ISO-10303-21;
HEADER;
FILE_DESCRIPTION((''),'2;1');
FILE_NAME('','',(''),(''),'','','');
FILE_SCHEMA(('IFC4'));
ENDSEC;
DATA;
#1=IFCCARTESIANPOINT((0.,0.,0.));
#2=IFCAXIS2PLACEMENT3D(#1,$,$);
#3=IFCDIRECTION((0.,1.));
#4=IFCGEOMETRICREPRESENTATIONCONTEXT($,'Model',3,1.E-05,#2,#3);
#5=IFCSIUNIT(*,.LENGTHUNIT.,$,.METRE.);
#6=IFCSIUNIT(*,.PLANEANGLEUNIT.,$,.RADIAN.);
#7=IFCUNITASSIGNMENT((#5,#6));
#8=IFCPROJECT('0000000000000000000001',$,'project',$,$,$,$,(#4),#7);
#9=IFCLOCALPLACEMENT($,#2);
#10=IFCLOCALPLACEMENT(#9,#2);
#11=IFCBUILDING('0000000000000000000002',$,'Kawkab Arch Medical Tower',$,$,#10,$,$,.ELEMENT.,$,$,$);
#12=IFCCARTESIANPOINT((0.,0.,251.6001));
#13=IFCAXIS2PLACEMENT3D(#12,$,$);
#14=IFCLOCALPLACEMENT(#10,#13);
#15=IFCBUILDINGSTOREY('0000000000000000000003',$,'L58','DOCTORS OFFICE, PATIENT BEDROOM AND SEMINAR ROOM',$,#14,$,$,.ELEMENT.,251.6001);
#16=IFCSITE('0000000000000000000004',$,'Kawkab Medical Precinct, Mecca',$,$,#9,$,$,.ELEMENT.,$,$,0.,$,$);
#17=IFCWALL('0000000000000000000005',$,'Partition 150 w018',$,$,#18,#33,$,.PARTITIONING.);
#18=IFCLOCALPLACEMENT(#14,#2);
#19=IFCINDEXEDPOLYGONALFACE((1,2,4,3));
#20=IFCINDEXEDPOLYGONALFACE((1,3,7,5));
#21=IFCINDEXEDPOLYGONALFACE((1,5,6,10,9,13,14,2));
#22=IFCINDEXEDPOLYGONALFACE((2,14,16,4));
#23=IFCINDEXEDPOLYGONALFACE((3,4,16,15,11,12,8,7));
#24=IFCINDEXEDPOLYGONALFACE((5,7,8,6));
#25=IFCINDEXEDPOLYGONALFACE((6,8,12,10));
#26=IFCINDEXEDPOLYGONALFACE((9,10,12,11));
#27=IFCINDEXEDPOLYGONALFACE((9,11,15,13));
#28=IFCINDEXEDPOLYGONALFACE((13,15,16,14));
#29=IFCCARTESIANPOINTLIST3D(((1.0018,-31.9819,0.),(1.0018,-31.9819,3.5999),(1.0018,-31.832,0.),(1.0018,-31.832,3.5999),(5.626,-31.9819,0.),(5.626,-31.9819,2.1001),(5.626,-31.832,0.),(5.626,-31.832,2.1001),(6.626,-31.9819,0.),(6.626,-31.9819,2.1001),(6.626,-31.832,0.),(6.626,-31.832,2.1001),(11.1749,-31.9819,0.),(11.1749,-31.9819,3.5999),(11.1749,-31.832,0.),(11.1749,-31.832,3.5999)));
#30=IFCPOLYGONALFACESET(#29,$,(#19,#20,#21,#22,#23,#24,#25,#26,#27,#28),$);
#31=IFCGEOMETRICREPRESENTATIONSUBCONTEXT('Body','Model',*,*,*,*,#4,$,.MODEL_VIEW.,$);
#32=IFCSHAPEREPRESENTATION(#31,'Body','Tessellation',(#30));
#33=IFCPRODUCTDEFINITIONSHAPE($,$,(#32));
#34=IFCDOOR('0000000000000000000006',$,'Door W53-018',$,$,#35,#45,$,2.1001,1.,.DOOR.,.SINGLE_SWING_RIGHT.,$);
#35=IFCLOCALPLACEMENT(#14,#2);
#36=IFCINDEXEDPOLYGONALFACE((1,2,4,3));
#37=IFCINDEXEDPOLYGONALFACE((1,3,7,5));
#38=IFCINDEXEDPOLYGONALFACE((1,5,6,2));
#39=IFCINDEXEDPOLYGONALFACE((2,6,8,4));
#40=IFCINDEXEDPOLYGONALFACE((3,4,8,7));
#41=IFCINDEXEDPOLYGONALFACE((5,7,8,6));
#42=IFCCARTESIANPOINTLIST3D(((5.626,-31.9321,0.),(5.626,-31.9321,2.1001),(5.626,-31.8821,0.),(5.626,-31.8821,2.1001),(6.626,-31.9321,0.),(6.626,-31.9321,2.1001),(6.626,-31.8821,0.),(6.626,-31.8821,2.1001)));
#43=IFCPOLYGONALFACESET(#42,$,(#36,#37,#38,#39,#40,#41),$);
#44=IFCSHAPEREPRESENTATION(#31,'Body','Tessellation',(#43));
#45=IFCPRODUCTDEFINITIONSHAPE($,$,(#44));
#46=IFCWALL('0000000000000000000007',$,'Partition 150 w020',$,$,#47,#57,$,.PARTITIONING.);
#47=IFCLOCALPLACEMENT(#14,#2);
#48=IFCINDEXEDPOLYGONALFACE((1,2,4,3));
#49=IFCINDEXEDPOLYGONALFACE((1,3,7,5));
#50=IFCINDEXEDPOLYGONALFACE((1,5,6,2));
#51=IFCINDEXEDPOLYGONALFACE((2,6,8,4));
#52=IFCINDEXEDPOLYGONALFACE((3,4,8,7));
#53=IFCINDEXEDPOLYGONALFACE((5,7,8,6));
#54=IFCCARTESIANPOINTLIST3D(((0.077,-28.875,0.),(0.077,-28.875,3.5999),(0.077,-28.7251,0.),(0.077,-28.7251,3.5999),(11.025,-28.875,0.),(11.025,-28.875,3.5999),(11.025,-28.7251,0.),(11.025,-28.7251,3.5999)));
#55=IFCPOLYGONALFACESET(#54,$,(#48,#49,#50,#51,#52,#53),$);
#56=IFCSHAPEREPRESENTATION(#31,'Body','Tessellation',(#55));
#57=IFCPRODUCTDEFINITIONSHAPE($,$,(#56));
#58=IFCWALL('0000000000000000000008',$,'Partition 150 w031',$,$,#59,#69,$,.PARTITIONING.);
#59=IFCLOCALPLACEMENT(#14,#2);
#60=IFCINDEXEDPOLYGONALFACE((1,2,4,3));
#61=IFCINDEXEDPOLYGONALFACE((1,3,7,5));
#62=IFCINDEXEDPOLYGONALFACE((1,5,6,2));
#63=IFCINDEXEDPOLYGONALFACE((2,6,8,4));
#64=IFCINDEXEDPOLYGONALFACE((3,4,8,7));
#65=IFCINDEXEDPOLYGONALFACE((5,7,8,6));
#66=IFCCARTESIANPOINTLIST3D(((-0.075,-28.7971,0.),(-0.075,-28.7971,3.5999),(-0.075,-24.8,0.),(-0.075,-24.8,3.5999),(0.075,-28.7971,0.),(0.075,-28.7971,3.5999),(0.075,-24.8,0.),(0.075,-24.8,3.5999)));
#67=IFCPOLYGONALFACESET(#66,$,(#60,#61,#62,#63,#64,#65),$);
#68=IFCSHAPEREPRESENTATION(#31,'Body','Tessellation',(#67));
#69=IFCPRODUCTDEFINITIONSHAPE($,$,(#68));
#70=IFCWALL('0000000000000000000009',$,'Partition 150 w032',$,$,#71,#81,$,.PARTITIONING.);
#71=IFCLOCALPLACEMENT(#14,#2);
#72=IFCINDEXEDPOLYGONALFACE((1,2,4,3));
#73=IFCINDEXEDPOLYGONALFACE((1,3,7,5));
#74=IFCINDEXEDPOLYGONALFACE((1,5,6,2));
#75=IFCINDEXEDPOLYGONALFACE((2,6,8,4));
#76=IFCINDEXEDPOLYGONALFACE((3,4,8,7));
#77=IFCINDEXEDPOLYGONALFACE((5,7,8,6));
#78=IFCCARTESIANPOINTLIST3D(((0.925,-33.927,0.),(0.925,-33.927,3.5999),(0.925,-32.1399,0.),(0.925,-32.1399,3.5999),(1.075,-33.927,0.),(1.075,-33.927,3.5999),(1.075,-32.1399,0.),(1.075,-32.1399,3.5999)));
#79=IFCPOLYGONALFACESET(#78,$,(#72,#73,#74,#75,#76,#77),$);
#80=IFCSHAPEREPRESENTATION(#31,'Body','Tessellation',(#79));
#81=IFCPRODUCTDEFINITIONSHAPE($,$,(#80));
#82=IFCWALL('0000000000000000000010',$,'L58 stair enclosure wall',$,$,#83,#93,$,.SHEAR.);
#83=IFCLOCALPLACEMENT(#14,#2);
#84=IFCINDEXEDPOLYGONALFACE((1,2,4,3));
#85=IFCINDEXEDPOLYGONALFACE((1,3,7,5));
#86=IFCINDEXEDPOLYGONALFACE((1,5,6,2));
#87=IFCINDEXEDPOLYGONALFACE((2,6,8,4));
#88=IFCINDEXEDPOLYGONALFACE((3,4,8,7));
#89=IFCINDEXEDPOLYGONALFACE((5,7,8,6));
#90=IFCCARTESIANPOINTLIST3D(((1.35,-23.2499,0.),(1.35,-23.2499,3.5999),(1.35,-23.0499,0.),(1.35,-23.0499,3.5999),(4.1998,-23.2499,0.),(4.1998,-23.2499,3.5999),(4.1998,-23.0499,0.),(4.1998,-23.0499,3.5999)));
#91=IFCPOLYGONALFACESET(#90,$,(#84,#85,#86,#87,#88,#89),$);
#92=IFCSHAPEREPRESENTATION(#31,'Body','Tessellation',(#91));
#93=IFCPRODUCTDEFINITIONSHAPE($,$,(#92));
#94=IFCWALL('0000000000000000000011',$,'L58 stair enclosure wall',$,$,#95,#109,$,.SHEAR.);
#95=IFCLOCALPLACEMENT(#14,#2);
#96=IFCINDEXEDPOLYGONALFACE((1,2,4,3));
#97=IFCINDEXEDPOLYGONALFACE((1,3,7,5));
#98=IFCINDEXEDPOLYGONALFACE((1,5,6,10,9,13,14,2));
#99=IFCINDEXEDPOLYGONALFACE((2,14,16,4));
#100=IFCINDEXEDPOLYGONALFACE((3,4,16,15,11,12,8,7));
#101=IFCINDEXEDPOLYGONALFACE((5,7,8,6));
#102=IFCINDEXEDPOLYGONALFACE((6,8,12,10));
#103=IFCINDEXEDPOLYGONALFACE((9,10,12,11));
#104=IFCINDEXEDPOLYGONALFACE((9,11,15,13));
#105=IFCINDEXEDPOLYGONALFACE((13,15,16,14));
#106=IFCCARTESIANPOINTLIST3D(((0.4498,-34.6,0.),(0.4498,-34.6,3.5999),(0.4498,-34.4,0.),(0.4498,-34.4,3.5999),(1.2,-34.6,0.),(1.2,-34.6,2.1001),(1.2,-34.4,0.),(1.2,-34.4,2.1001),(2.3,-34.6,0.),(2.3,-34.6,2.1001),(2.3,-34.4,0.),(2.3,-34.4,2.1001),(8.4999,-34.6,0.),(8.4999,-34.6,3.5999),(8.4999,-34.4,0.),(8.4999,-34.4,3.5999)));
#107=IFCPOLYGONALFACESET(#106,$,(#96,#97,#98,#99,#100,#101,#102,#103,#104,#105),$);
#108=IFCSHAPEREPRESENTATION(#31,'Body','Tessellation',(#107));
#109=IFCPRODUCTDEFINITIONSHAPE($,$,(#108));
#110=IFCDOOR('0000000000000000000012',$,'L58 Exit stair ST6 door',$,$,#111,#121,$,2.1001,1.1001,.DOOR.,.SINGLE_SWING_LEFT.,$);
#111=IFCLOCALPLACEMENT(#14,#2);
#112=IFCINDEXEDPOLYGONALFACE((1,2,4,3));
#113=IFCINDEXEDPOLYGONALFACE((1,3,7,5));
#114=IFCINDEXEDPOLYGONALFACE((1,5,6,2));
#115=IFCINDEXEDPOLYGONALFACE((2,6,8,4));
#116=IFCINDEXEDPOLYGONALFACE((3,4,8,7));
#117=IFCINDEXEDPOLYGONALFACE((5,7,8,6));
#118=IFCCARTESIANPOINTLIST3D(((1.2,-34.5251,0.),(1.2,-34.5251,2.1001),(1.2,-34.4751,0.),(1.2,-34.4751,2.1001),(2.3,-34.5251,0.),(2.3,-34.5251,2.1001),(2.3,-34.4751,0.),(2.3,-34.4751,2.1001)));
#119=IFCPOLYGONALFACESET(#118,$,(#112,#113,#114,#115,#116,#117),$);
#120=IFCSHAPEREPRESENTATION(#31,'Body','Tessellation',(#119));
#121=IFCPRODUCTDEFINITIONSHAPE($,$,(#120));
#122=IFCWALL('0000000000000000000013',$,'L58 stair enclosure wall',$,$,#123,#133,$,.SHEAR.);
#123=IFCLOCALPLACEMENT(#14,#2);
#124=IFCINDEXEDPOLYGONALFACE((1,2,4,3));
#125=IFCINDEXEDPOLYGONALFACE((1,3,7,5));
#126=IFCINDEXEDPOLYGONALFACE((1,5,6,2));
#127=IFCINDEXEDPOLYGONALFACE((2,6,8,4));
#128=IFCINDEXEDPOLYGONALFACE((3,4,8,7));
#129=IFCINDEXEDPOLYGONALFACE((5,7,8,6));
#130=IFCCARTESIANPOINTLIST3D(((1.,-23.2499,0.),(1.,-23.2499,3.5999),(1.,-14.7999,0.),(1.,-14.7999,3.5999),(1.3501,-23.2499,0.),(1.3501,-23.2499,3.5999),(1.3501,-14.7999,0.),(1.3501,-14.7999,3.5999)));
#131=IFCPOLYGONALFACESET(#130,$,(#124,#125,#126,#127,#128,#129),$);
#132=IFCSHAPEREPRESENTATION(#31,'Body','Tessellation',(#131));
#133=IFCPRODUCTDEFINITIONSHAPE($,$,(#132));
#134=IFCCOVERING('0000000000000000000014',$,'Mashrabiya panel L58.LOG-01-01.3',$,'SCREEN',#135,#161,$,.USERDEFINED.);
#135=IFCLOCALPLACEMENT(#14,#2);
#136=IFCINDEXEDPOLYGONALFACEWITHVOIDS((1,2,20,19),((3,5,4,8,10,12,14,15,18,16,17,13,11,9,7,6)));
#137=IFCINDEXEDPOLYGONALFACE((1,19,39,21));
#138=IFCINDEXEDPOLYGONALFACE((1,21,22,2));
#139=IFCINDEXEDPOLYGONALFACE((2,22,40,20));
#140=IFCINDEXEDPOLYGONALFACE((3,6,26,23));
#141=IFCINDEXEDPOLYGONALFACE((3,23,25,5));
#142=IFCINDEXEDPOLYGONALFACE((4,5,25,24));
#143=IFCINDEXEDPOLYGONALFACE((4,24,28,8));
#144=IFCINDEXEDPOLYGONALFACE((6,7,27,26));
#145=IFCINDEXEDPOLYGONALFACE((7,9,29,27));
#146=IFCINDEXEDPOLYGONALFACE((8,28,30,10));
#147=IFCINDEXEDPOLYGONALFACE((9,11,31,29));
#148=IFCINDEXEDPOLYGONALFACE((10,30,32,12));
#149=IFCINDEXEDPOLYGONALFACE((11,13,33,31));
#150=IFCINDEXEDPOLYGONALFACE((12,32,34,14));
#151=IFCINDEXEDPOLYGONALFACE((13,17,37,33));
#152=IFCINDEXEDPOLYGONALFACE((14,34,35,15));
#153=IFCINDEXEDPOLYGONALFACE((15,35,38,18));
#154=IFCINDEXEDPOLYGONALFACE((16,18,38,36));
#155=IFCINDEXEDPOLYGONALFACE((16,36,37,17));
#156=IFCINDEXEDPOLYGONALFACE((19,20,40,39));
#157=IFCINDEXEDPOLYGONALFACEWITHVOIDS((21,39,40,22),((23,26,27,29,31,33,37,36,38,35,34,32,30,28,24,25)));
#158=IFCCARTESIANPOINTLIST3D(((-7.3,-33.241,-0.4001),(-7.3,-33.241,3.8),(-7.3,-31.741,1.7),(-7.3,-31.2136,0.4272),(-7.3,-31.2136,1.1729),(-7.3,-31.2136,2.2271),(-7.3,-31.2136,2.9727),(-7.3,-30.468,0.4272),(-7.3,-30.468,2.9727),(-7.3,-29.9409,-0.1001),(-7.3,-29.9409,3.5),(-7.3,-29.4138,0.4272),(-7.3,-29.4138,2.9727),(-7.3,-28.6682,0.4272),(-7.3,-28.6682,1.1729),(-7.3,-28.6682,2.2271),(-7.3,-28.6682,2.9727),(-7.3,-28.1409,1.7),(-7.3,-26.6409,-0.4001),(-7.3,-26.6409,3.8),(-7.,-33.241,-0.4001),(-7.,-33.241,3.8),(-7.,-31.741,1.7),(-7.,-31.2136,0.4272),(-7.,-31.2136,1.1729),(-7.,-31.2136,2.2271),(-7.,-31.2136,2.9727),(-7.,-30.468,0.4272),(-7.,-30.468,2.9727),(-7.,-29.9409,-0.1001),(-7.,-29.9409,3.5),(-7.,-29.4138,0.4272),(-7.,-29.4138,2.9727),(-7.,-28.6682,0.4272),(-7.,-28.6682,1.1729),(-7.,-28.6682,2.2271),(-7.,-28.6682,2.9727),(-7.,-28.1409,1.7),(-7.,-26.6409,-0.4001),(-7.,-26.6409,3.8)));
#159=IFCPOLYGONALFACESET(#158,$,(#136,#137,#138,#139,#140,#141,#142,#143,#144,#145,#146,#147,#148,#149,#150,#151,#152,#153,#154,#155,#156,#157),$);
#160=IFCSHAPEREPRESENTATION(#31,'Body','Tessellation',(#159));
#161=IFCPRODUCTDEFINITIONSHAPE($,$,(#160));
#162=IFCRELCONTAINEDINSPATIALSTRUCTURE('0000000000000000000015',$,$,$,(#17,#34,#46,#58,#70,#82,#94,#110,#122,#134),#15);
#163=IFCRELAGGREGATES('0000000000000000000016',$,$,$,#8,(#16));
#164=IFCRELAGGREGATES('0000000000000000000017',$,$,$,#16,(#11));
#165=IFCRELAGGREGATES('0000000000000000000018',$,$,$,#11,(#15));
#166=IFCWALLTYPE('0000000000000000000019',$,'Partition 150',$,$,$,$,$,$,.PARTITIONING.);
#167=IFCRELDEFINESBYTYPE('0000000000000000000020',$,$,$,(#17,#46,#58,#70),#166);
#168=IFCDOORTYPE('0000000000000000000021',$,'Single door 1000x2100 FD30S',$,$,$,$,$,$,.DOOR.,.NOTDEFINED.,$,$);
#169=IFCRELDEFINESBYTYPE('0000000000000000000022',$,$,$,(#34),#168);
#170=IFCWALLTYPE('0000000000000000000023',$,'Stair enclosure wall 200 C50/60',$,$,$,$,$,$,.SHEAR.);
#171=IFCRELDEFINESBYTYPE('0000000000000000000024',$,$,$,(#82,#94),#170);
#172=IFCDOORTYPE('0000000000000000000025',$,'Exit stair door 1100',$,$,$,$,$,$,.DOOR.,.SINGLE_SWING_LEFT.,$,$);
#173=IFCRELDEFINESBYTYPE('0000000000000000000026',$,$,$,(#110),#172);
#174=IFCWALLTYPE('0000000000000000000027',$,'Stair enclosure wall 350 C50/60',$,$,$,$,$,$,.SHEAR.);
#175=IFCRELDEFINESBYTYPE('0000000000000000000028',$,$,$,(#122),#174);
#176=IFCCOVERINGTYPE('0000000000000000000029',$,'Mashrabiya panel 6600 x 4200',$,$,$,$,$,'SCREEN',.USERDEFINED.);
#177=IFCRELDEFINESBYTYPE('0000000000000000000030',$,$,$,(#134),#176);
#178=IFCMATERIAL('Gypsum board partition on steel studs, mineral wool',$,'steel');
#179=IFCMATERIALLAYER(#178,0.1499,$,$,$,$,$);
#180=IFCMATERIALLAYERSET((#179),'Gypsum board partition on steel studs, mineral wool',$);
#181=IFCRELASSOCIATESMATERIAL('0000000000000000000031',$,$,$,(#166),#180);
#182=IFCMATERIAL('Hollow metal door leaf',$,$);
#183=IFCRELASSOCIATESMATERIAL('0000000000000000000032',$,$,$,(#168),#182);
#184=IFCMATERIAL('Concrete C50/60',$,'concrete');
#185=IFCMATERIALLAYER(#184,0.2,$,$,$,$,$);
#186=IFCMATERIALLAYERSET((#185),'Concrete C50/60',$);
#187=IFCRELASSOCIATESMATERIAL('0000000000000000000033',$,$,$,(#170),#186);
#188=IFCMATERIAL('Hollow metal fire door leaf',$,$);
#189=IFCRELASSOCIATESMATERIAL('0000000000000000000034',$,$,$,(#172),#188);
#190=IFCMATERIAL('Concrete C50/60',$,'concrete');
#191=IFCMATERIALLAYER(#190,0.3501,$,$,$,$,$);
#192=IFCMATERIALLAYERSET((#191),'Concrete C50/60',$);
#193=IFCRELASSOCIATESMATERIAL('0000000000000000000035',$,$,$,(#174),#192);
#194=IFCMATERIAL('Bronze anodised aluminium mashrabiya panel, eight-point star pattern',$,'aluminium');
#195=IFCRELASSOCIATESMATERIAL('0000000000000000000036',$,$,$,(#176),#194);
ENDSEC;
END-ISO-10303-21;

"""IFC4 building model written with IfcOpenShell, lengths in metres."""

from ifc_helpers import new_model, si_unit, direction, frame, frame_2d, origin, place, context, subcontext, project, spatial, polyline, rectangle, outline, extrude, material, layer, layer_set, material_profile, profile_set, type_object, element, fill, save


model = new_model("IFC4")

# Units and contexts
model_context = context("Model", 3, precision=1e-05, world=origin(), true_north=direction((0.0, 1.0)))
body_context = subcontext(model_context, "Body", "Model", "MODEL_VIEW")
ifc_project = project(units=[si_unit("LENGTHUNIT", "METRE"), si_unit("PLANEANGLEUNIT", "RADIAN")], contexts=[model_context])

# Site, building, storey
site_placement = place(None, origin())
site = spatial("IfcSite", under=ifc_project, at=site_placement, Name="Kawkab Medical Precinct, Mecca", CompositionType="ELEMENT", RefElevation=0.0)
building_placement = place(site_placement, origin())
building = spatial("IfcBuilding", under=site, at=building_placement, Name="Kawkab Arch Medical Tower", CompositionType="ELEMENT")
storey_placement = place(building_placement, frame((0.0, 0.0, 251.6001)))
storey = spatial("IfcBuildingStorey", under=building, at=storey_placement, Name="L58", Description="DOCTORS OFFICE, PATIENT BEDROOM AND SEMINAR ROOM", CompositionType="ELEMENT", Elevation=251.6001)

# Shared definitions
ifc_material_1 = material(Name="Gypsum board partition on steel studs, mineral wool", Category="steel")
ifc_layer_1 = layer(ifc_material_1, 0.1499)
ifc_layer_set_1 = layer_set([ifc_layer_1], Name="Gypsum board partition on steel studs, mineral wool")
wall_type_1 = type_object("IfcWallType", Name="Partition 150", PredefinedType="PARTITIONING", material=ifc_layer_set_1)

# Wall, opening, door
wall_1_placement = place(storey_placement, frame((1.002, -31.907, 0.0), z_axis=(0.0, 0.0, 1.0), x_axis=(1.0, 0.0, 0.0)))
wall_1 = element("IfcWall", 1, at=wall_1_placement, inside=storey, type_object=wall_type_1, Name="Partition 150 w018", PredefinedType="PARTITIONING", context=body_context, shape_type="SweptSolid", body=[
    extrude(rectangle(XDim=10.1731, YDim=0.1499, at=frame_2d((5.0864, 0.0))), origin(), (0.0, 0.0, 1.0), 3.5999),
])
opening_1_placement = place(wall_1_placement, frame((4.624, 0.0, 0.0)))
opening_1 = element("IfcOpeningElement", 2, at=opening_1_placement, cuts=wall_1, PredefinedType="OPENING", context=body_context, shape_type="SweptSolid", body=[
    extrude(rectangle(XDim=1.0, YDim=2.1001, at=frame_2d((0.5, 1.05))), frame((0.0, 0.085, 0.0), z_axis=(0.0, -1.0, 0.0), x_axis=(1.0, 0.0, 0.0)), (0.0, 0.0, 1.0), 0.1699),
])
ifc_material_2 = material(Name="Hollow metal door leaf")
door_type_1 = type_object("IfcDoorType", Name="Single door 1000x2100 FD30S", OperationType="NOTDEFINED", PredefinedType="DOOR", material=ifc_material_2)
door_1_placement = place(opening_1_placement, origin())
door_1 = element("IfcDoor", 3, at=door_1_placement, inside=storey, type_object=door_type_1, Name="Door W53-018", OperationType="SINGLE_SWING_RIGHT", OverallHeight=2.1001, OverallWidth=1.0, PredefinedType="DOOR", context=body_context, shape_type="SweptSolid", body=[
    extrude(rectangle(XDim=1.0, YDim=2.1001, at=frame_2d((0.5, 1.05))), frame((0.0, 0.0249, 0.0), z_axis=(0.0, -1.0, 0.0), x_axis=(1.0, 0.0, 0.0)), (0.0, 0.0, 1.0), 0.05),
])
fill(opening_1, door_1)

# Walls
wall_2_placement = place(storey_placement, frame((0.0769, -28.8, 0.0), z_axis=(0.0, 0.0, 1.0), x_axis=(1.0, 0.0, 0.0)))
element("IfcWall", 4, at=wall_2_placement, inside=storey, type_object=wall_type_1, Name="Partition 150 w020", PredefinedType="PARTITIONING", context=body_context, shape_type="SweptSolid", body=[
    extrude(rectangle(XDim=10.948, YDim=0.1499, at=frame_2d((5.4741, 0.0))), origin(), (0.0, 0.0, 1.0), 3.5999),
])
wall_3_placement = place(storey_placement, frame((0.0, -28.7971, 0.0), z_axis=(0.0, 0.0, 1.0), x_axis=(0.0, 1.0, 0.0)))
element("IfcWall", 5, at=wall_3_placement, inside=storey, type_object=wall_type_1, Name="Partition 150 w031", PredefinedType="PARTITIONING", context=body_context, shape_type="SweptSolid", body=[
    extrude(rectangle(XDim=3.9971, YDim=0.1499, at=frame_2d((1.9985, 0.0))), origin(), (0.0, 0.0, 1.0), 3.5999),
])
wall_4_placement = place(storey_placement, frame((1.0, -33.927, 0.0), z_axis=(0.0, 0.0, 1.0), x_axis=(0.0, 1.0, 0.0)))
element("IfcWall", 6, at=wall_4_placement, inside=storey, type_object=wall_type_1, Name="Partition 150 w032", PredefinedType="PARTITIONING", context=body_context, shape_type="SweptSolid", body=[
    extrude(rectangle(XDim=1.7871, YDim=0.1499, at=frame_2d((0.8936, 0.0))), origin(), (0.0, 0.0, 1.0), 3.5999),
])
ifc_material_3 = material(Name="Concrete C50/60", Category="concrete")
ifc_layer_2 = layer(ifc_material_3, 0.2)
ifc_layer_set_2 = layer_set([ifc_layer_2], Name="Concrete C50/60")
wall_type_2 = type_object("IfcWallType", Name="Stair enclosure wall 200 C50/60", PredefinedType="SHEAR", material=ifc_layer_set_2)
wall_5_placement = place(storey_placement, frame((1.3501, -23.1499, 0.0), z_axis=(0.0, 0.0, 1.0), x_axis=(1.0, 0.0, 0.0)))
element("IfcWall", 7, at=wall_5_placement, inside=storey, type_object=wall_type_2, Name="L58 stair enclosure wall", PredefinedType="SHEAR", context=body_context, shape_type="SweptSolid", body=[
    extrude(rectangle(XDim=2.8499, YDim=0.2, at=frame_2d((1.4248, 0.0))), origin(), (0.0, 0.0, 1.0), 3.5999),
])

# Wall, opening, door
wall_6_placement = place(storey_placement, frame((0.45, -34.5, 0.0), z_axis=(0.0, 0.0, 1.0), x_axis=(1.0, 0.0, 0.0)))
wall_6 = element("IfcWall", 8, at=wall_6_placement, inside=storey, type_object=wall_type_2, Name="L58 stair enclosure wall", PredefinedType="SHEAR", context=body_context, shape_type="SweptSolid", body=[
    extrude(rectangle(XDim=8.05, YDim=0.2, at=frame_2d((4.0249, 0.0))), origin(), (0.0, 0.0, 1.0), 3.5999),
])
opening_2_placement = place(wall_6_placement, frame((0.75, 0.0, 0.0)))
opening_2 = element("IfcOpeningElement", 9, at=opening_2_placement, cuts=wall_6, PredefinedType="OPENING", context=body_context, shape_type="SweptSolid", body=[
    extrude(rectangle(XDim=1.1001, YDim=2.1001, at=frame_2d((0.55, 1.05))), frame((0.0, 0.1099, 0.0), z_axis=(0.0, -1.0, 0.0), x_axis=(1.0, 0.0, 0.0)), (0.0, 0.0, 1.0), 0.22),
])
ifc_material_4 = material(Name="Hollow metal fire door leaf")
door_type_2 = type_object("IfcDoorType", Name="Exit stair door 1100", OperationType="SINGLE_SWING_LEFT", PredefinedType="DOOR", material=ifc_material_4)
door_2_placement = place(opening_2_placement, origin())
door_2 = element("IfcDoor", 10, at=door_2_placement, inside=storey, type_object=door_type_2, Name="L58 Exit stair ST6 door", OperationType="SINGLE_SWING_LEFT", OverallHeight=2.1001, OverallWidth=1.1001, PredefinedType="DOOR", context=body_context, shape_type="SweptSolid", body=[
    extrude(rectangle(XDim=1.1001, YDim=2.1001, at=frame_2d((0.55, 1.05))), frame((0.0, 0.0249, 0.0), z_axis=(0.0, -1.0, 0.0), x_axis=(1.0, 0.0, 0.0)), (0.0, 0.0, 1.0), 0.05),
])
fill(opening_2, door_2)

# Wall
ifc_material_5 = material(Name="Concrete C50/60", Category="concrete")
ifc_layer_3 = layer(ifc_material_5, 0.3501)
ifc_layer_set_3 = layer_set([ifc_layer_3], Name="Concrete C50/60")
wall_type_3 = type_object("IfcWallType", Name="Stair enclosure wall 350 C50/60", PredefinedType="SHEAR", material=ifc_layer_set_3)
wall_7_placement = place(storey_placement, frame((1.175, -23.25, 0.0), z_axis=(0.0, 0.0, 1.0), x_axis=(0.0, 1.0, 0.0)))
element("IfcWall", 11, at=wall_7_placement, inside=storey, type_object=wall_type_3, Name="L58 stair enclosure wall", PredefinedType="SHEAR", context=body_context, shape_type="SweptSolid", body=[
    extrude(rectangle(XDim=8.45, YDim=0.3501, at=frame_2d((4.2251, 0.0))), origin(), (0.0, 0.0, 1.0), 3.5999),
])

# Covering
ifc_material_6 = material(Name="Bronze anodised aluminium mashrabiya panel, eight-point star pattern", Category="aluminium")
ifc_material_profile_1 = material_profile(ifc_material_6, outline(polyline([(-3.3, -2.1001), (3.3, -2.1001), (3.3, 2.1001), (-3.3, 2.1001), (-3.3, -2.1001)]), holes=[polyline([(1.8, 0.0), (1.2727, 0.5271), (1.2727, 1.2727), (0.5271, 1.2727), (0.0, 1.8), (-0.5271, 1.2727), (-1.2727, 1.2727), (-1.2727, 0.5271), (-1.8, 0.0), (-1.2727, -0.5271), (-1.2727, -1.2727), (-0.5271, -1.2727), (0.0, -1.8), (0.5271, -1.2727), (1.2727, -1.2727), (1.2727, -0.5271), (1.8, 0.0)])]), Name="Mashrabiya panel 6600x4200")
ifc_profile_set_1 = profile_set([ifc_material_profile_1], Name="Bronze anodised aluminium mashrabiya panel, eight-point star pattern")
covering_type_1 = type_object("IfcCoveringType", Name="Mashrabiya panel 6600 x 4200", ElementType="SCREEN", PredefinedType="USERDEFINED", material=ifc_profile_set_1)
covering_1_placement = place(storey_placement, frame((-7.0, -29.9409, 1.7), z_axis=(-1.0, 0.0, 0.0), x_axis=(0.0, -1.0, 0.0)))
element("IfcCovering", 12, at=covering_1_placement, inside=storey, type_object=covering_type_1, Name="Mashrabiya panel L58.LOG-01-01.3", ObjectType="SCREEN", PredefinedType="USERDEFINED", context=body_context, shape_type="SweptSolid", body=[
    extrude(outline(polyline([(-3.3, -2.1001), (3.3, -2.1001), (3.3, 2.1001), (-3.3, 2.1001), (-3.3, -2.1001)]), holes=[polyline([(1.8, 0.0), (1.2727, 0.5271), (1.2727, 1.2727), (0.5271, 1.2727), (0.0, 1.8), (-0.5271, 1.2727), (-1.2727, 1.2727), (-1.2727, 0.5271), (-1.8, 0.0), (-1.2727, -0.5271), (-1.2727, -1.2727), (-0.5271, -1.2727), (0.0, -1.8), (0.5271, -1.2727), (1.2727, -1.2727), (1.2727, -0.5271), (1.8, 0.0)])]), origin(), (0.0, 0.0, 1.0), 0.3),
])

save(model, "model.ifc")
